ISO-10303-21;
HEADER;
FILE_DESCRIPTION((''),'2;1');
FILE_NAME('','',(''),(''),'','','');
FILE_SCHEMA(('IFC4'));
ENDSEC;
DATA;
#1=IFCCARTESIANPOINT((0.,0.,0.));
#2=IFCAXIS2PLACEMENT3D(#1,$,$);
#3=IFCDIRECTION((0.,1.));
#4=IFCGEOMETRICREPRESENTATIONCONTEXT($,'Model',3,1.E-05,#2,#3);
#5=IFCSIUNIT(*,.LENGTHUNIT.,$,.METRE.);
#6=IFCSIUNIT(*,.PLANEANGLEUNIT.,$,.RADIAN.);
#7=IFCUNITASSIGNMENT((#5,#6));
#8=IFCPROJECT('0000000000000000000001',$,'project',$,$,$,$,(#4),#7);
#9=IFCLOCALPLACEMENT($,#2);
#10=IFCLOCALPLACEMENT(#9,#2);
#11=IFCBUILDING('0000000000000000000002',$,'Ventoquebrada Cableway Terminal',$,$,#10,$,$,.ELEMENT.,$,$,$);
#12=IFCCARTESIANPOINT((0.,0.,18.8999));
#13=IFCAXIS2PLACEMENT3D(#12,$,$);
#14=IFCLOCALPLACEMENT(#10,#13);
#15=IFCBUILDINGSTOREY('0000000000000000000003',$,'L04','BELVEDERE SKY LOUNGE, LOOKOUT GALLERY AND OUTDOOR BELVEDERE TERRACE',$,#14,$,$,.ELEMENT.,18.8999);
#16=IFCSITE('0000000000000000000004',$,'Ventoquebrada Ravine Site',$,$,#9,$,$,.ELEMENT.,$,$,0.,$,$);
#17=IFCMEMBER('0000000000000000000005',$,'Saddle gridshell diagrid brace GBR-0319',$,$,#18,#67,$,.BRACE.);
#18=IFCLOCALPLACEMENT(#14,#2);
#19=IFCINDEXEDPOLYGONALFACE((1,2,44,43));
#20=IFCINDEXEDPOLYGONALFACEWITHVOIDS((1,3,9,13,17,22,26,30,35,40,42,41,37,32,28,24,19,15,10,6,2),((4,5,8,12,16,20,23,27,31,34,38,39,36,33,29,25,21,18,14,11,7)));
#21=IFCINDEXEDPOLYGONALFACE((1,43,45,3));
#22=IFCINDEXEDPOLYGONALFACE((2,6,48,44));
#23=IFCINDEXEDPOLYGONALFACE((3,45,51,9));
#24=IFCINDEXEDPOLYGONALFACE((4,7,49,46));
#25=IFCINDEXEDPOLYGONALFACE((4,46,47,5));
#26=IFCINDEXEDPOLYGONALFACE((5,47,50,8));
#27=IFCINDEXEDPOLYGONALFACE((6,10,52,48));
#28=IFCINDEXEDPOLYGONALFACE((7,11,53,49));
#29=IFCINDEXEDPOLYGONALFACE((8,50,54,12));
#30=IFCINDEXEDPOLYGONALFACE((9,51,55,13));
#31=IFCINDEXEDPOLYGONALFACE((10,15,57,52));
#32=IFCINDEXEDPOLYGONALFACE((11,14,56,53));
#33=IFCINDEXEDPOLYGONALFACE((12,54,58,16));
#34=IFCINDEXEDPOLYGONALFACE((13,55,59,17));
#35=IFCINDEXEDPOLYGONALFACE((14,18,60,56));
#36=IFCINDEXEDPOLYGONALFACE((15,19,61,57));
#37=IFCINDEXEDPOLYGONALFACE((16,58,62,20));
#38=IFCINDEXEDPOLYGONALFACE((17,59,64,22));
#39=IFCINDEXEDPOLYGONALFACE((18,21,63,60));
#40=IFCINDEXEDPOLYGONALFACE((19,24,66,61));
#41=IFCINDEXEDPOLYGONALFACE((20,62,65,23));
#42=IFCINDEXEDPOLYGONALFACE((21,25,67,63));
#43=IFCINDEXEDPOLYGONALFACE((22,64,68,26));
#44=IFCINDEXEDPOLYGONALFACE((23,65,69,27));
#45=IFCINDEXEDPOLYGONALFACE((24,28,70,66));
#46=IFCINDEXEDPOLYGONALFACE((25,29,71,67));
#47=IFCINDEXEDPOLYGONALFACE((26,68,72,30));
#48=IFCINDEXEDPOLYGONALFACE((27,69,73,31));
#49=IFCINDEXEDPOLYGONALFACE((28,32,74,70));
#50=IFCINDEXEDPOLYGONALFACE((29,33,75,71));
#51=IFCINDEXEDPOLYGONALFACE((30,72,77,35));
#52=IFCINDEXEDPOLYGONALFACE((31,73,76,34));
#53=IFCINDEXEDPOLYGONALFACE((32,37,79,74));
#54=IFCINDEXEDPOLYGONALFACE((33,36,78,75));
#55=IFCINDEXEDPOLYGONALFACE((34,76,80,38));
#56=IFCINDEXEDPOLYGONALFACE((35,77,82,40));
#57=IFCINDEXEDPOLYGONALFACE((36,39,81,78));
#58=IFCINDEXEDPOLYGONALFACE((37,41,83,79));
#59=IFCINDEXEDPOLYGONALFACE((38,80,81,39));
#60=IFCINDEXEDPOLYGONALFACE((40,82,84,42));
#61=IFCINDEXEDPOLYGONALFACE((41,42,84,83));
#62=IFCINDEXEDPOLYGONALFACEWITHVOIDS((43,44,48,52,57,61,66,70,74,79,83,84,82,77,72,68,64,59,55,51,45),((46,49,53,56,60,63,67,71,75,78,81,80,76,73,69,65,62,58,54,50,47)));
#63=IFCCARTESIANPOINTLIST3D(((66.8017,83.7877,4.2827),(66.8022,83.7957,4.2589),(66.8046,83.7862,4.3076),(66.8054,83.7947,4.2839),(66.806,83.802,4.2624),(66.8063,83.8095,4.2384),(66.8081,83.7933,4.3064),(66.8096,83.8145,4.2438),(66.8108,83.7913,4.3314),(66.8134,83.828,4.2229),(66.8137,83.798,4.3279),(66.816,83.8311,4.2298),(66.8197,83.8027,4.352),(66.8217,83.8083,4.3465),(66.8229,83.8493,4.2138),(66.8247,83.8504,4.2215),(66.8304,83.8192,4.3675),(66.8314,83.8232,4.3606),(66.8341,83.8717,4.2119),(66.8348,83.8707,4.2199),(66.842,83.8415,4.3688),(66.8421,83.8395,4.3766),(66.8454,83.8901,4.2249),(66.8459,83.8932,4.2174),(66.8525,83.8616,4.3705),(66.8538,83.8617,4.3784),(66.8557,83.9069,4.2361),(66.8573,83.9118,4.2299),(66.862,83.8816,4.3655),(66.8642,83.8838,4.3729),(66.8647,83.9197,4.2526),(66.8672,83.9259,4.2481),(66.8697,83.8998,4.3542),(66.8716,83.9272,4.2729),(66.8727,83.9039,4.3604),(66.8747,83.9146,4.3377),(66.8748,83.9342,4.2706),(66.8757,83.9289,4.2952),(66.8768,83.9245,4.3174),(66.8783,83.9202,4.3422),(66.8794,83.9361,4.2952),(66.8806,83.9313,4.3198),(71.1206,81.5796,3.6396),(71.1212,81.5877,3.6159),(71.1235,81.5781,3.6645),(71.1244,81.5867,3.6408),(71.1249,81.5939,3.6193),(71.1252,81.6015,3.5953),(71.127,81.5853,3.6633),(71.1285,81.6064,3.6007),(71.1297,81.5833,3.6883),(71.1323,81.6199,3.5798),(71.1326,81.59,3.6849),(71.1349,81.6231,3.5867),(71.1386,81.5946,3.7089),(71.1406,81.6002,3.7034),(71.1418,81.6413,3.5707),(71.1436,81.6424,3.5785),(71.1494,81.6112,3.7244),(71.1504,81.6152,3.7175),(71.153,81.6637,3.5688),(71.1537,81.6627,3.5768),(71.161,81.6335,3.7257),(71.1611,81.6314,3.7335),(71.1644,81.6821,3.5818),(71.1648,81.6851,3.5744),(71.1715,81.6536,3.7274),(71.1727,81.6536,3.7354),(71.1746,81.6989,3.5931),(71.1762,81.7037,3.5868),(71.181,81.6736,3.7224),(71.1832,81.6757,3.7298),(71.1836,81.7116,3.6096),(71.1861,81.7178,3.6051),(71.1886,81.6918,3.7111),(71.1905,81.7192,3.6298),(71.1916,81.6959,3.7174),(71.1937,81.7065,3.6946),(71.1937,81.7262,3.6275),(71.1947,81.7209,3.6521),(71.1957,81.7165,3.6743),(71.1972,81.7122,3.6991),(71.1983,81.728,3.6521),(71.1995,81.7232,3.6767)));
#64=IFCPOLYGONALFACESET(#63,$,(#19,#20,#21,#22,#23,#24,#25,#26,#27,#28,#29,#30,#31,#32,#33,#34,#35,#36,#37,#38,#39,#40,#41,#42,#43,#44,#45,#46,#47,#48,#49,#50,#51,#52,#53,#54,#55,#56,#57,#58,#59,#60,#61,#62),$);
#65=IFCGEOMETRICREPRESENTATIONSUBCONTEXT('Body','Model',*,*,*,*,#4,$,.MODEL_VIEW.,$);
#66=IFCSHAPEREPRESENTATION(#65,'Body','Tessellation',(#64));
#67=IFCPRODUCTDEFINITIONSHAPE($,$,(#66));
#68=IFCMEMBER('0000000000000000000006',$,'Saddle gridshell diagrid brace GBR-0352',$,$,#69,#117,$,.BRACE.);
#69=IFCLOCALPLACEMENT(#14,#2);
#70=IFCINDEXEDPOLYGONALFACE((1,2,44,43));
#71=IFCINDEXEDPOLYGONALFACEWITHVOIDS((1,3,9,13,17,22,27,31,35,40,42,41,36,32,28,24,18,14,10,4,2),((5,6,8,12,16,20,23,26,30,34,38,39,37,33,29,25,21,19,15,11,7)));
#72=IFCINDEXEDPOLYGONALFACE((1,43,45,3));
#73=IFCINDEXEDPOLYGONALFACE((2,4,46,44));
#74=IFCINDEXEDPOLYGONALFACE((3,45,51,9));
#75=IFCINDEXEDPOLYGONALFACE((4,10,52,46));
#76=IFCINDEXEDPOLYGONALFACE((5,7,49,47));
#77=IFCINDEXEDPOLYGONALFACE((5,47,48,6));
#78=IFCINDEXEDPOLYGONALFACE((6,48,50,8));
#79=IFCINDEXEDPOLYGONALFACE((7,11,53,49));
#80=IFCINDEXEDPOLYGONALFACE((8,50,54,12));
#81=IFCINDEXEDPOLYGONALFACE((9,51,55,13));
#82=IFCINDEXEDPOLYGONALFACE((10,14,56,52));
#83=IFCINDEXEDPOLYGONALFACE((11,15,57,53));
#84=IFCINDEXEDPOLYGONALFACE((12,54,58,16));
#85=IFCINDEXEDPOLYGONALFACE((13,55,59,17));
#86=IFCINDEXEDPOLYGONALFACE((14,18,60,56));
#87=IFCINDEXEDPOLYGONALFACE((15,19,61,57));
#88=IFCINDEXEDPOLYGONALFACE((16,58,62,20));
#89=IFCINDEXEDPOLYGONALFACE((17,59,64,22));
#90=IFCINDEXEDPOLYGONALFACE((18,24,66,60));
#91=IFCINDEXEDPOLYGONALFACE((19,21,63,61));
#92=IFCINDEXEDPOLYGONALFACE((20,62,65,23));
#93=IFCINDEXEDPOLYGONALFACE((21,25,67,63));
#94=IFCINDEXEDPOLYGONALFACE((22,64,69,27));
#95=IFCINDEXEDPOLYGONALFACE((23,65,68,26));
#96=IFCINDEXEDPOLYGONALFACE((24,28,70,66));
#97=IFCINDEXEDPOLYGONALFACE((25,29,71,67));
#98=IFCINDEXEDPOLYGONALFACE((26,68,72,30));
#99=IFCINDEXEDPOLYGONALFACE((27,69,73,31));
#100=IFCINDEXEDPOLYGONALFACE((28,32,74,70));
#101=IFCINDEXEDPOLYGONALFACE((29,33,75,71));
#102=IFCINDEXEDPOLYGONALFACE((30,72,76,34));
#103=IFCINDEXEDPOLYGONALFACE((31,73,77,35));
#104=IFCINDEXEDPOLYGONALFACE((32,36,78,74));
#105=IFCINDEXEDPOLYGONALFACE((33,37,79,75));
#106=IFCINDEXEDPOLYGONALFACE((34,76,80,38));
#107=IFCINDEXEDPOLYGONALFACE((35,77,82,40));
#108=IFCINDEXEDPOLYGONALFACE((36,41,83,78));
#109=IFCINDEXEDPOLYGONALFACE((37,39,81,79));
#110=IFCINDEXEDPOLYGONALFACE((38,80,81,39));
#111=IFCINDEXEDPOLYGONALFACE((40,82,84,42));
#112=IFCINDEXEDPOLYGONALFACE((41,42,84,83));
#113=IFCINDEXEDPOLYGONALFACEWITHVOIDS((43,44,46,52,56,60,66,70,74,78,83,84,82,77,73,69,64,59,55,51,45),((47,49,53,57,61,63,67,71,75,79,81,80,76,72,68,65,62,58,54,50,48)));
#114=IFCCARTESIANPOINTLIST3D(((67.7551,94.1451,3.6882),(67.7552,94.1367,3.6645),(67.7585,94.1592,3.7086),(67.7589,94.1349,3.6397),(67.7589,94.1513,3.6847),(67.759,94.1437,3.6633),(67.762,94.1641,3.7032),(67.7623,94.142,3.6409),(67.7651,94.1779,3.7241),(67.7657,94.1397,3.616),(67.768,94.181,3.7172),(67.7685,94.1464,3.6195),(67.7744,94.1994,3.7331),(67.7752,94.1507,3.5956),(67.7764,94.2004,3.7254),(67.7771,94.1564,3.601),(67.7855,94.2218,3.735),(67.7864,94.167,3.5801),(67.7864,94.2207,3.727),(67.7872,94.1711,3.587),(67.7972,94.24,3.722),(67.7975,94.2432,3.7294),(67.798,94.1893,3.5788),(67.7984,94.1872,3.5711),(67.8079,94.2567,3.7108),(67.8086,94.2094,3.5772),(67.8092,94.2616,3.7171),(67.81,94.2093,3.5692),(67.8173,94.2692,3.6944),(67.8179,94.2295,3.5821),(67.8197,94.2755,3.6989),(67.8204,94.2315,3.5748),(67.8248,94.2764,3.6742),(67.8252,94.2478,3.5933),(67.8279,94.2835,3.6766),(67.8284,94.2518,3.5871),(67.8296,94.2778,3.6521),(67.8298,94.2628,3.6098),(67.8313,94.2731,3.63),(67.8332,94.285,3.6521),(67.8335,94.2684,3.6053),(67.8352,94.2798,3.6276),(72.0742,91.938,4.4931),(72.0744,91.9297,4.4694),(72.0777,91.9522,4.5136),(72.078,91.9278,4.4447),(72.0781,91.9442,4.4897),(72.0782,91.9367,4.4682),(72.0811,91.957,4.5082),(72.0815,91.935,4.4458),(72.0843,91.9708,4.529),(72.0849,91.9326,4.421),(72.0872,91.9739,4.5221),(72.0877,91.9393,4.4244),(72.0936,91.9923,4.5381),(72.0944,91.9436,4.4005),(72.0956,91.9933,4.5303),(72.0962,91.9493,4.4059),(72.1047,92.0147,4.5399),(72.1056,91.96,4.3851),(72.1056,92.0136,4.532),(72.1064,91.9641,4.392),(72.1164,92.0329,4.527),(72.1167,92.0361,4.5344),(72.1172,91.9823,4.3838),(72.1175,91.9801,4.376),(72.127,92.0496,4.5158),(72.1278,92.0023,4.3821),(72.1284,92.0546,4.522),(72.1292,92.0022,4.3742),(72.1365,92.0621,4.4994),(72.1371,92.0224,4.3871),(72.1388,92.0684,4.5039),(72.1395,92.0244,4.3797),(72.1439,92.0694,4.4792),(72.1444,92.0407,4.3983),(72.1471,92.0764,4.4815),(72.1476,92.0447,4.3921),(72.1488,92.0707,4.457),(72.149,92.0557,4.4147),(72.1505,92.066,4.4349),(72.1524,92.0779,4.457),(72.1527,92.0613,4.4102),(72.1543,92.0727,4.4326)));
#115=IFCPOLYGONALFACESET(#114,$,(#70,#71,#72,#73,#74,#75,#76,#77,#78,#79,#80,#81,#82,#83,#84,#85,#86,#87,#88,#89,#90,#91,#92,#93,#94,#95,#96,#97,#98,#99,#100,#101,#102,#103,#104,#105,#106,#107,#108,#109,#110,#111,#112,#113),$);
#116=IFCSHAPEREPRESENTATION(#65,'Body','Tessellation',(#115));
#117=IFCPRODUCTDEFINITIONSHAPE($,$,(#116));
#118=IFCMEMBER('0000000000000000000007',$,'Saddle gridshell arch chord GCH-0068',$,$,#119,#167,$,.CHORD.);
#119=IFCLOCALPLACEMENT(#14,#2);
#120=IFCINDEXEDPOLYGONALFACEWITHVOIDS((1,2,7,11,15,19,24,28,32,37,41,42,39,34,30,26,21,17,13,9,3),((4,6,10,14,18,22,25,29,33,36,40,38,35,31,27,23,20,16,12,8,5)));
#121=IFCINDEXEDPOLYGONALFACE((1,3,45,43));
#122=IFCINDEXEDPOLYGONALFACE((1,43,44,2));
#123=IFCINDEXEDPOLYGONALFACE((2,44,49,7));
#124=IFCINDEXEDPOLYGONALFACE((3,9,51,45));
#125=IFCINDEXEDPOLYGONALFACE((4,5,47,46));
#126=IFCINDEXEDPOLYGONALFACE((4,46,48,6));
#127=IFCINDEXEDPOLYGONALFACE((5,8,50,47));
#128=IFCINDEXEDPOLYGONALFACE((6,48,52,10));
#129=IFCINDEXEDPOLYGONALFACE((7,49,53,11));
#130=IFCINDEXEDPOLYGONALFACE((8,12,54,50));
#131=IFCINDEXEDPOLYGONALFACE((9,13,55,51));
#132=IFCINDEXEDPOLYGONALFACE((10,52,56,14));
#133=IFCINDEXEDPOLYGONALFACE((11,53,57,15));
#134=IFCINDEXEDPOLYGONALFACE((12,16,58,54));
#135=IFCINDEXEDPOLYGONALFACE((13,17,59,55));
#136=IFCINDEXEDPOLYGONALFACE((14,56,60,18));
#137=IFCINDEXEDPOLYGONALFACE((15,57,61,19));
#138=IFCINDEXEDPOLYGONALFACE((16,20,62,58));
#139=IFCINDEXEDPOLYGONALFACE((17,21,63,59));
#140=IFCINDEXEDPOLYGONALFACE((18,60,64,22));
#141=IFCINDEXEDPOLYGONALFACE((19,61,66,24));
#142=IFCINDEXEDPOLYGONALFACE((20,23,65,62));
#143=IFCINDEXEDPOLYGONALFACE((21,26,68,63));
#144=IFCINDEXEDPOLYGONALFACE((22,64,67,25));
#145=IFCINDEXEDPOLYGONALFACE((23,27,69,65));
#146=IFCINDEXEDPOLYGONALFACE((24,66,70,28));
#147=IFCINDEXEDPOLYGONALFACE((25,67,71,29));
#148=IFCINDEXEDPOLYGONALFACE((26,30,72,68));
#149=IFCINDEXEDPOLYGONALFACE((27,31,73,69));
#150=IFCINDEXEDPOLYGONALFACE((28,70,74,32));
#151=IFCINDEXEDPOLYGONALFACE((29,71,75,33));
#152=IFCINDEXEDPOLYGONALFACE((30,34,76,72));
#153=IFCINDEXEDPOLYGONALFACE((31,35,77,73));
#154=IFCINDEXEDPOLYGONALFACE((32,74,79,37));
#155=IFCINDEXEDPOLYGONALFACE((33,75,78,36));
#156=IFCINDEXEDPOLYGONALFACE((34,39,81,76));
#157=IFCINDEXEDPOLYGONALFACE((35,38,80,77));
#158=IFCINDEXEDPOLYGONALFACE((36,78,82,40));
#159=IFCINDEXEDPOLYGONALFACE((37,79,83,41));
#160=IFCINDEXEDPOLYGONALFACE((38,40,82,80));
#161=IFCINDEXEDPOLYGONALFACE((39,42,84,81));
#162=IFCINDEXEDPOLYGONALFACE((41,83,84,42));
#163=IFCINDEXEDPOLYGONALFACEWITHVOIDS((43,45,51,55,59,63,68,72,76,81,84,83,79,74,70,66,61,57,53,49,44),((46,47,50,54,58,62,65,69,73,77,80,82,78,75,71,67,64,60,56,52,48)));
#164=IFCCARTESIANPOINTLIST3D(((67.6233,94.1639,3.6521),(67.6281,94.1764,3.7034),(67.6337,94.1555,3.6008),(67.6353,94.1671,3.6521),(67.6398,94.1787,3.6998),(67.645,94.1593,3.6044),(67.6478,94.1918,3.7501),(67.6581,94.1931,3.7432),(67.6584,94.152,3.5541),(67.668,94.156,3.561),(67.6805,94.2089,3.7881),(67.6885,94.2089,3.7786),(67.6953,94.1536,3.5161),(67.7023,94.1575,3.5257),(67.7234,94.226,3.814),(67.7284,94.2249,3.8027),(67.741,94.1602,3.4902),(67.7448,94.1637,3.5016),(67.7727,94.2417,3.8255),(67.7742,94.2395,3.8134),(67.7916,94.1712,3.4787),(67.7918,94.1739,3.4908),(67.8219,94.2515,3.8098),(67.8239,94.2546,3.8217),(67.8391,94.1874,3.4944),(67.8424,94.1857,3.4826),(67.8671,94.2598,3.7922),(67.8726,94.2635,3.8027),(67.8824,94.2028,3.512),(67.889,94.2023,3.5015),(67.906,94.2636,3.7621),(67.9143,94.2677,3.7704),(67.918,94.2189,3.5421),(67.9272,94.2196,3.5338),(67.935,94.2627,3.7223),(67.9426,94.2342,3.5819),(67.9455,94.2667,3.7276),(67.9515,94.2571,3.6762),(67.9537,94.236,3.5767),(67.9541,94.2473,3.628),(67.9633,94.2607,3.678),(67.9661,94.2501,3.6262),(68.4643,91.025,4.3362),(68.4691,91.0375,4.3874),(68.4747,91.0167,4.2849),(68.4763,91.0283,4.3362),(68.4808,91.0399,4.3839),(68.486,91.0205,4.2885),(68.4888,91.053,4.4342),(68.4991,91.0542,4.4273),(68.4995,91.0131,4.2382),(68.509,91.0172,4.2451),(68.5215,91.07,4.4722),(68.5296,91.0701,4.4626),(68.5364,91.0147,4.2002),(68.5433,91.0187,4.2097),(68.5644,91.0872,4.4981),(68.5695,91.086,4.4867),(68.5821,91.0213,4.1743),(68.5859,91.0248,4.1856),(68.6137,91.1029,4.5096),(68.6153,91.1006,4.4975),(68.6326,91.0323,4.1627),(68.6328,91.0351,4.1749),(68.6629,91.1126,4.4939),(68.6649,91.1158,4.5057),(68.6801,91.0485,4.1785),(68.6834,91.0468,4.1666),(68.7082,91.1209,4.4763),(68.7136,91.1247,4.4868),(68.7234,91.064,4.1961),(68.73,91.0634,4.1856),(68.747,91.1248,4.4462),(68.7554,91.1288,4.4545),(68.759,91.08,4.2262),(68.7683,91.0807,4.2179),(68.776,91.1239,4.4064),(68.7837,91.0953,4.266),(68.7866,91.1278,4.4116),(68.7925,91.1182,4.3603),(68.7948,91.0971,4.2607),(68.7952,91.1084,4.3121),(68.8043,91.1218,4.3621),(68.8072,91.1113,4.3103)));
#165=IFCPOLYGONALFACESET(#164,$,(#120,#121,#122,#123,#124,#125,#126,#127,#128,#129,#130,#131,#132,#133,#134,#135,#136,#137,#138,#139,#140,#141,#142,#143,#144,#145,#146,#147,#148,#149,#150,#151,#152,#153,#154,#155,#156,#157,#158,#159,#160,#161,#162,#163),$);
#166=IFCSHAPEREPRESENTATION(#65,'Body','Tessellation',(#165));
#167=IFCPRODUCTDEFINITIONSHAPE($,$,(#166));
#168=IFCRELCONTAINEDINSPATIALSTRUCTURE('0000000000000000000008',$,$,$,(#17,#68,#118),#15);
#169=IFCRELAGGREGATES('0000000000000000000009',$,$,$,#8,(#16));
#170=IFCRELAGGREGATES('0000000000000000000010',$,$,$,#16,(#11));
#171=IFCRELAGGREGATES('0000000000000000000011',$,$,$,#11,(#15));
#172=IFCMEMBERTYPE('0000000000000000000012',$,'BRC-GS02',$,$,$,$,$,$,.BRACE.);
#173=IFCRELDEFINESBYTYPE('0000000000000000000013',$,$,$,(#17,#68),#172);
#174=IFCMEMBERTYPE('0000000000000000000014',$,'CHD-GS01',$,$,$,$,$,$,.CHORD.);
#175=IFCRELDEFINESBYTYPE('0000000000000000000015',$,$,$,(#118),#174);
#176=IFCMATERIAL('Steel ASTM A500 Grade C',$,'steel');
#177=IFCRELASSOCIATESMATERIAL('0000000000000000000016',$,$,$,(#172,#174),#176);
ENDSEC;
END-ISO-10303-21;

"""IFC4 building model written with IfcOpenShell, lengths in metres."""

from ifc_helpers import new_model, si_unit, direction, frame, origin, origin_2d, place, context, subcontext, project, spatial, hollow_circle, extrude, material, material_profile, profile_set, type_object, element, save


model = new_model("IFC4")

# Units and contexts
model_context = context("Model", 3, precision=1e-05, world=origin(), true_north=direction((0.0, 1.0)))
body_context = subcontext(model_context, "Body", "Model", "MODEL_VIEW")
ifc_project = project(units=[si_unit("LENGTHUNIT", "METRE"), si_unit("PLANEANGLEUNIT", "RADIAN")], contexts=[model_context])

# Site, building, storey
site_placement = place(None, origin())
site = spatial("IfcSite", under=ifc_project, at=site_placement, Name="Ventoquebrada Ravine Site", CompositionType="ELEMENT", RefElevation=0.0)
building_placement = place(site_placement, origin())
building = spatial("IfcBuilding", under=site, at=building_placement, Name="Ventoquebrada Cableway Terminal", CompositionType="ELEMENT")
storey_placement = place(building_placement, frame((0.0, 0.0, 18.8999)))
storey = spatial("IfcBuildingStorey", under=building, at=storey_placement, Name="L04", Description="BELVEDERE SKY LOUNGE, LOOKOUT GALLERY AND OUTDOOR BELVEDERE TERRACE", CompositionType="ELEMENT", Elevation=18.8999)

# Members
ifc_material_1 = material(Name="Steel ASTM A500 Grade C", Category="steel")
ifc_material_profile_1 = material_profile(ifc_material_1, hollow_circle(Radius=0.0842, WallThickness=0.0081, at=origin_2d()), Name="CHS168.3X8")
ifc_profile_set_1 = profile_set([ifc_material_profile_1], Name="Steel ASTM A500 Grade C")
member_type_1 = type_object("IfcMemberType", Name="BRC-GS02", PredefinedType="BRACE", material=ifc_profile_set_1)
member_1_placement = place(storey_placement, frame((66.8411, 83.8611, 4.2952), z_axis=(0.882662, -0.45126, -0.131426), x_axis=(0.455209, 0.890385, 0.0)))
element("IfcMember", 1, at=member_1_placement, inside=storey, type_object=member_type_1, Name="Saddle gridshell diagrid brace GBR-0319", PredefinedType="BRACE", context=body_context, shape_type="SweptSolid", body=[
    extrude(hollow_circle(Radius=0.0842, WallThickness=0.0081, at=origin_2d()), origin(), (0.0, 0.0, 1.0), 4.8931),
])
member_2_placement = place(storey_placement, frame((67.7949, 94.21, 3.6521), z_axis=(0.878462, -0.448889, 0.163715), x_axis=(0.455029, 0.890477, 0.0)))
element("IfcMember", 2, at=member_2_placement, inside=storey, type_object=member_type_1, Name="Saddle gridshell diagrid brace GBR-0352", PredefinedType="BRACE", context=body_context, shape_type="SweptSolid", body=[
    extrude(hollow_circle(Radius=0.0842, WallThickness=0.0081, at=origin_2d()), origin(), (0.0, 0.0, 1.0), 4.9167),
])
ifc_material_profile_2 = material_profile(ifc_material_1, hollow_circle(Radius=0.1777, WallThickness=0.0125, at=origin_2d()), Name="CHS355.6X12.5")
ifc_profile_set_2 = profile_set([ifc_material_profile_2], Name="Steel ASTM A500 Grade C")
member_type_2 = type_object("IfcMemberType", Name="CHD-GS01", PredefinedType="CHORD", material=ifc_profile_set_2)
member_3_placement = place(storey_placement, frame((68.636, 91.071, 4.3362), z_axis=(-0.253267, 0.94521, -0.205995), x_axis=(-0.965926, -0.258817, 0.0)))
element("IfcMember", 3, at=member_3_placement, inside=storey, type_object=member_type_2, Name="Saddle gridshell arch chord GCH-0068", PredefinedType="CHORD", context=body_context, shape_type="SweptSolid", body=[
    extrude(hollow_circle(Radius=0.1777, WallThickness=0.0125, at=origin_2d()), origin(), (0.0, 0.0, 1.0), 3.3208),
])

save(model, "model.ifc")
